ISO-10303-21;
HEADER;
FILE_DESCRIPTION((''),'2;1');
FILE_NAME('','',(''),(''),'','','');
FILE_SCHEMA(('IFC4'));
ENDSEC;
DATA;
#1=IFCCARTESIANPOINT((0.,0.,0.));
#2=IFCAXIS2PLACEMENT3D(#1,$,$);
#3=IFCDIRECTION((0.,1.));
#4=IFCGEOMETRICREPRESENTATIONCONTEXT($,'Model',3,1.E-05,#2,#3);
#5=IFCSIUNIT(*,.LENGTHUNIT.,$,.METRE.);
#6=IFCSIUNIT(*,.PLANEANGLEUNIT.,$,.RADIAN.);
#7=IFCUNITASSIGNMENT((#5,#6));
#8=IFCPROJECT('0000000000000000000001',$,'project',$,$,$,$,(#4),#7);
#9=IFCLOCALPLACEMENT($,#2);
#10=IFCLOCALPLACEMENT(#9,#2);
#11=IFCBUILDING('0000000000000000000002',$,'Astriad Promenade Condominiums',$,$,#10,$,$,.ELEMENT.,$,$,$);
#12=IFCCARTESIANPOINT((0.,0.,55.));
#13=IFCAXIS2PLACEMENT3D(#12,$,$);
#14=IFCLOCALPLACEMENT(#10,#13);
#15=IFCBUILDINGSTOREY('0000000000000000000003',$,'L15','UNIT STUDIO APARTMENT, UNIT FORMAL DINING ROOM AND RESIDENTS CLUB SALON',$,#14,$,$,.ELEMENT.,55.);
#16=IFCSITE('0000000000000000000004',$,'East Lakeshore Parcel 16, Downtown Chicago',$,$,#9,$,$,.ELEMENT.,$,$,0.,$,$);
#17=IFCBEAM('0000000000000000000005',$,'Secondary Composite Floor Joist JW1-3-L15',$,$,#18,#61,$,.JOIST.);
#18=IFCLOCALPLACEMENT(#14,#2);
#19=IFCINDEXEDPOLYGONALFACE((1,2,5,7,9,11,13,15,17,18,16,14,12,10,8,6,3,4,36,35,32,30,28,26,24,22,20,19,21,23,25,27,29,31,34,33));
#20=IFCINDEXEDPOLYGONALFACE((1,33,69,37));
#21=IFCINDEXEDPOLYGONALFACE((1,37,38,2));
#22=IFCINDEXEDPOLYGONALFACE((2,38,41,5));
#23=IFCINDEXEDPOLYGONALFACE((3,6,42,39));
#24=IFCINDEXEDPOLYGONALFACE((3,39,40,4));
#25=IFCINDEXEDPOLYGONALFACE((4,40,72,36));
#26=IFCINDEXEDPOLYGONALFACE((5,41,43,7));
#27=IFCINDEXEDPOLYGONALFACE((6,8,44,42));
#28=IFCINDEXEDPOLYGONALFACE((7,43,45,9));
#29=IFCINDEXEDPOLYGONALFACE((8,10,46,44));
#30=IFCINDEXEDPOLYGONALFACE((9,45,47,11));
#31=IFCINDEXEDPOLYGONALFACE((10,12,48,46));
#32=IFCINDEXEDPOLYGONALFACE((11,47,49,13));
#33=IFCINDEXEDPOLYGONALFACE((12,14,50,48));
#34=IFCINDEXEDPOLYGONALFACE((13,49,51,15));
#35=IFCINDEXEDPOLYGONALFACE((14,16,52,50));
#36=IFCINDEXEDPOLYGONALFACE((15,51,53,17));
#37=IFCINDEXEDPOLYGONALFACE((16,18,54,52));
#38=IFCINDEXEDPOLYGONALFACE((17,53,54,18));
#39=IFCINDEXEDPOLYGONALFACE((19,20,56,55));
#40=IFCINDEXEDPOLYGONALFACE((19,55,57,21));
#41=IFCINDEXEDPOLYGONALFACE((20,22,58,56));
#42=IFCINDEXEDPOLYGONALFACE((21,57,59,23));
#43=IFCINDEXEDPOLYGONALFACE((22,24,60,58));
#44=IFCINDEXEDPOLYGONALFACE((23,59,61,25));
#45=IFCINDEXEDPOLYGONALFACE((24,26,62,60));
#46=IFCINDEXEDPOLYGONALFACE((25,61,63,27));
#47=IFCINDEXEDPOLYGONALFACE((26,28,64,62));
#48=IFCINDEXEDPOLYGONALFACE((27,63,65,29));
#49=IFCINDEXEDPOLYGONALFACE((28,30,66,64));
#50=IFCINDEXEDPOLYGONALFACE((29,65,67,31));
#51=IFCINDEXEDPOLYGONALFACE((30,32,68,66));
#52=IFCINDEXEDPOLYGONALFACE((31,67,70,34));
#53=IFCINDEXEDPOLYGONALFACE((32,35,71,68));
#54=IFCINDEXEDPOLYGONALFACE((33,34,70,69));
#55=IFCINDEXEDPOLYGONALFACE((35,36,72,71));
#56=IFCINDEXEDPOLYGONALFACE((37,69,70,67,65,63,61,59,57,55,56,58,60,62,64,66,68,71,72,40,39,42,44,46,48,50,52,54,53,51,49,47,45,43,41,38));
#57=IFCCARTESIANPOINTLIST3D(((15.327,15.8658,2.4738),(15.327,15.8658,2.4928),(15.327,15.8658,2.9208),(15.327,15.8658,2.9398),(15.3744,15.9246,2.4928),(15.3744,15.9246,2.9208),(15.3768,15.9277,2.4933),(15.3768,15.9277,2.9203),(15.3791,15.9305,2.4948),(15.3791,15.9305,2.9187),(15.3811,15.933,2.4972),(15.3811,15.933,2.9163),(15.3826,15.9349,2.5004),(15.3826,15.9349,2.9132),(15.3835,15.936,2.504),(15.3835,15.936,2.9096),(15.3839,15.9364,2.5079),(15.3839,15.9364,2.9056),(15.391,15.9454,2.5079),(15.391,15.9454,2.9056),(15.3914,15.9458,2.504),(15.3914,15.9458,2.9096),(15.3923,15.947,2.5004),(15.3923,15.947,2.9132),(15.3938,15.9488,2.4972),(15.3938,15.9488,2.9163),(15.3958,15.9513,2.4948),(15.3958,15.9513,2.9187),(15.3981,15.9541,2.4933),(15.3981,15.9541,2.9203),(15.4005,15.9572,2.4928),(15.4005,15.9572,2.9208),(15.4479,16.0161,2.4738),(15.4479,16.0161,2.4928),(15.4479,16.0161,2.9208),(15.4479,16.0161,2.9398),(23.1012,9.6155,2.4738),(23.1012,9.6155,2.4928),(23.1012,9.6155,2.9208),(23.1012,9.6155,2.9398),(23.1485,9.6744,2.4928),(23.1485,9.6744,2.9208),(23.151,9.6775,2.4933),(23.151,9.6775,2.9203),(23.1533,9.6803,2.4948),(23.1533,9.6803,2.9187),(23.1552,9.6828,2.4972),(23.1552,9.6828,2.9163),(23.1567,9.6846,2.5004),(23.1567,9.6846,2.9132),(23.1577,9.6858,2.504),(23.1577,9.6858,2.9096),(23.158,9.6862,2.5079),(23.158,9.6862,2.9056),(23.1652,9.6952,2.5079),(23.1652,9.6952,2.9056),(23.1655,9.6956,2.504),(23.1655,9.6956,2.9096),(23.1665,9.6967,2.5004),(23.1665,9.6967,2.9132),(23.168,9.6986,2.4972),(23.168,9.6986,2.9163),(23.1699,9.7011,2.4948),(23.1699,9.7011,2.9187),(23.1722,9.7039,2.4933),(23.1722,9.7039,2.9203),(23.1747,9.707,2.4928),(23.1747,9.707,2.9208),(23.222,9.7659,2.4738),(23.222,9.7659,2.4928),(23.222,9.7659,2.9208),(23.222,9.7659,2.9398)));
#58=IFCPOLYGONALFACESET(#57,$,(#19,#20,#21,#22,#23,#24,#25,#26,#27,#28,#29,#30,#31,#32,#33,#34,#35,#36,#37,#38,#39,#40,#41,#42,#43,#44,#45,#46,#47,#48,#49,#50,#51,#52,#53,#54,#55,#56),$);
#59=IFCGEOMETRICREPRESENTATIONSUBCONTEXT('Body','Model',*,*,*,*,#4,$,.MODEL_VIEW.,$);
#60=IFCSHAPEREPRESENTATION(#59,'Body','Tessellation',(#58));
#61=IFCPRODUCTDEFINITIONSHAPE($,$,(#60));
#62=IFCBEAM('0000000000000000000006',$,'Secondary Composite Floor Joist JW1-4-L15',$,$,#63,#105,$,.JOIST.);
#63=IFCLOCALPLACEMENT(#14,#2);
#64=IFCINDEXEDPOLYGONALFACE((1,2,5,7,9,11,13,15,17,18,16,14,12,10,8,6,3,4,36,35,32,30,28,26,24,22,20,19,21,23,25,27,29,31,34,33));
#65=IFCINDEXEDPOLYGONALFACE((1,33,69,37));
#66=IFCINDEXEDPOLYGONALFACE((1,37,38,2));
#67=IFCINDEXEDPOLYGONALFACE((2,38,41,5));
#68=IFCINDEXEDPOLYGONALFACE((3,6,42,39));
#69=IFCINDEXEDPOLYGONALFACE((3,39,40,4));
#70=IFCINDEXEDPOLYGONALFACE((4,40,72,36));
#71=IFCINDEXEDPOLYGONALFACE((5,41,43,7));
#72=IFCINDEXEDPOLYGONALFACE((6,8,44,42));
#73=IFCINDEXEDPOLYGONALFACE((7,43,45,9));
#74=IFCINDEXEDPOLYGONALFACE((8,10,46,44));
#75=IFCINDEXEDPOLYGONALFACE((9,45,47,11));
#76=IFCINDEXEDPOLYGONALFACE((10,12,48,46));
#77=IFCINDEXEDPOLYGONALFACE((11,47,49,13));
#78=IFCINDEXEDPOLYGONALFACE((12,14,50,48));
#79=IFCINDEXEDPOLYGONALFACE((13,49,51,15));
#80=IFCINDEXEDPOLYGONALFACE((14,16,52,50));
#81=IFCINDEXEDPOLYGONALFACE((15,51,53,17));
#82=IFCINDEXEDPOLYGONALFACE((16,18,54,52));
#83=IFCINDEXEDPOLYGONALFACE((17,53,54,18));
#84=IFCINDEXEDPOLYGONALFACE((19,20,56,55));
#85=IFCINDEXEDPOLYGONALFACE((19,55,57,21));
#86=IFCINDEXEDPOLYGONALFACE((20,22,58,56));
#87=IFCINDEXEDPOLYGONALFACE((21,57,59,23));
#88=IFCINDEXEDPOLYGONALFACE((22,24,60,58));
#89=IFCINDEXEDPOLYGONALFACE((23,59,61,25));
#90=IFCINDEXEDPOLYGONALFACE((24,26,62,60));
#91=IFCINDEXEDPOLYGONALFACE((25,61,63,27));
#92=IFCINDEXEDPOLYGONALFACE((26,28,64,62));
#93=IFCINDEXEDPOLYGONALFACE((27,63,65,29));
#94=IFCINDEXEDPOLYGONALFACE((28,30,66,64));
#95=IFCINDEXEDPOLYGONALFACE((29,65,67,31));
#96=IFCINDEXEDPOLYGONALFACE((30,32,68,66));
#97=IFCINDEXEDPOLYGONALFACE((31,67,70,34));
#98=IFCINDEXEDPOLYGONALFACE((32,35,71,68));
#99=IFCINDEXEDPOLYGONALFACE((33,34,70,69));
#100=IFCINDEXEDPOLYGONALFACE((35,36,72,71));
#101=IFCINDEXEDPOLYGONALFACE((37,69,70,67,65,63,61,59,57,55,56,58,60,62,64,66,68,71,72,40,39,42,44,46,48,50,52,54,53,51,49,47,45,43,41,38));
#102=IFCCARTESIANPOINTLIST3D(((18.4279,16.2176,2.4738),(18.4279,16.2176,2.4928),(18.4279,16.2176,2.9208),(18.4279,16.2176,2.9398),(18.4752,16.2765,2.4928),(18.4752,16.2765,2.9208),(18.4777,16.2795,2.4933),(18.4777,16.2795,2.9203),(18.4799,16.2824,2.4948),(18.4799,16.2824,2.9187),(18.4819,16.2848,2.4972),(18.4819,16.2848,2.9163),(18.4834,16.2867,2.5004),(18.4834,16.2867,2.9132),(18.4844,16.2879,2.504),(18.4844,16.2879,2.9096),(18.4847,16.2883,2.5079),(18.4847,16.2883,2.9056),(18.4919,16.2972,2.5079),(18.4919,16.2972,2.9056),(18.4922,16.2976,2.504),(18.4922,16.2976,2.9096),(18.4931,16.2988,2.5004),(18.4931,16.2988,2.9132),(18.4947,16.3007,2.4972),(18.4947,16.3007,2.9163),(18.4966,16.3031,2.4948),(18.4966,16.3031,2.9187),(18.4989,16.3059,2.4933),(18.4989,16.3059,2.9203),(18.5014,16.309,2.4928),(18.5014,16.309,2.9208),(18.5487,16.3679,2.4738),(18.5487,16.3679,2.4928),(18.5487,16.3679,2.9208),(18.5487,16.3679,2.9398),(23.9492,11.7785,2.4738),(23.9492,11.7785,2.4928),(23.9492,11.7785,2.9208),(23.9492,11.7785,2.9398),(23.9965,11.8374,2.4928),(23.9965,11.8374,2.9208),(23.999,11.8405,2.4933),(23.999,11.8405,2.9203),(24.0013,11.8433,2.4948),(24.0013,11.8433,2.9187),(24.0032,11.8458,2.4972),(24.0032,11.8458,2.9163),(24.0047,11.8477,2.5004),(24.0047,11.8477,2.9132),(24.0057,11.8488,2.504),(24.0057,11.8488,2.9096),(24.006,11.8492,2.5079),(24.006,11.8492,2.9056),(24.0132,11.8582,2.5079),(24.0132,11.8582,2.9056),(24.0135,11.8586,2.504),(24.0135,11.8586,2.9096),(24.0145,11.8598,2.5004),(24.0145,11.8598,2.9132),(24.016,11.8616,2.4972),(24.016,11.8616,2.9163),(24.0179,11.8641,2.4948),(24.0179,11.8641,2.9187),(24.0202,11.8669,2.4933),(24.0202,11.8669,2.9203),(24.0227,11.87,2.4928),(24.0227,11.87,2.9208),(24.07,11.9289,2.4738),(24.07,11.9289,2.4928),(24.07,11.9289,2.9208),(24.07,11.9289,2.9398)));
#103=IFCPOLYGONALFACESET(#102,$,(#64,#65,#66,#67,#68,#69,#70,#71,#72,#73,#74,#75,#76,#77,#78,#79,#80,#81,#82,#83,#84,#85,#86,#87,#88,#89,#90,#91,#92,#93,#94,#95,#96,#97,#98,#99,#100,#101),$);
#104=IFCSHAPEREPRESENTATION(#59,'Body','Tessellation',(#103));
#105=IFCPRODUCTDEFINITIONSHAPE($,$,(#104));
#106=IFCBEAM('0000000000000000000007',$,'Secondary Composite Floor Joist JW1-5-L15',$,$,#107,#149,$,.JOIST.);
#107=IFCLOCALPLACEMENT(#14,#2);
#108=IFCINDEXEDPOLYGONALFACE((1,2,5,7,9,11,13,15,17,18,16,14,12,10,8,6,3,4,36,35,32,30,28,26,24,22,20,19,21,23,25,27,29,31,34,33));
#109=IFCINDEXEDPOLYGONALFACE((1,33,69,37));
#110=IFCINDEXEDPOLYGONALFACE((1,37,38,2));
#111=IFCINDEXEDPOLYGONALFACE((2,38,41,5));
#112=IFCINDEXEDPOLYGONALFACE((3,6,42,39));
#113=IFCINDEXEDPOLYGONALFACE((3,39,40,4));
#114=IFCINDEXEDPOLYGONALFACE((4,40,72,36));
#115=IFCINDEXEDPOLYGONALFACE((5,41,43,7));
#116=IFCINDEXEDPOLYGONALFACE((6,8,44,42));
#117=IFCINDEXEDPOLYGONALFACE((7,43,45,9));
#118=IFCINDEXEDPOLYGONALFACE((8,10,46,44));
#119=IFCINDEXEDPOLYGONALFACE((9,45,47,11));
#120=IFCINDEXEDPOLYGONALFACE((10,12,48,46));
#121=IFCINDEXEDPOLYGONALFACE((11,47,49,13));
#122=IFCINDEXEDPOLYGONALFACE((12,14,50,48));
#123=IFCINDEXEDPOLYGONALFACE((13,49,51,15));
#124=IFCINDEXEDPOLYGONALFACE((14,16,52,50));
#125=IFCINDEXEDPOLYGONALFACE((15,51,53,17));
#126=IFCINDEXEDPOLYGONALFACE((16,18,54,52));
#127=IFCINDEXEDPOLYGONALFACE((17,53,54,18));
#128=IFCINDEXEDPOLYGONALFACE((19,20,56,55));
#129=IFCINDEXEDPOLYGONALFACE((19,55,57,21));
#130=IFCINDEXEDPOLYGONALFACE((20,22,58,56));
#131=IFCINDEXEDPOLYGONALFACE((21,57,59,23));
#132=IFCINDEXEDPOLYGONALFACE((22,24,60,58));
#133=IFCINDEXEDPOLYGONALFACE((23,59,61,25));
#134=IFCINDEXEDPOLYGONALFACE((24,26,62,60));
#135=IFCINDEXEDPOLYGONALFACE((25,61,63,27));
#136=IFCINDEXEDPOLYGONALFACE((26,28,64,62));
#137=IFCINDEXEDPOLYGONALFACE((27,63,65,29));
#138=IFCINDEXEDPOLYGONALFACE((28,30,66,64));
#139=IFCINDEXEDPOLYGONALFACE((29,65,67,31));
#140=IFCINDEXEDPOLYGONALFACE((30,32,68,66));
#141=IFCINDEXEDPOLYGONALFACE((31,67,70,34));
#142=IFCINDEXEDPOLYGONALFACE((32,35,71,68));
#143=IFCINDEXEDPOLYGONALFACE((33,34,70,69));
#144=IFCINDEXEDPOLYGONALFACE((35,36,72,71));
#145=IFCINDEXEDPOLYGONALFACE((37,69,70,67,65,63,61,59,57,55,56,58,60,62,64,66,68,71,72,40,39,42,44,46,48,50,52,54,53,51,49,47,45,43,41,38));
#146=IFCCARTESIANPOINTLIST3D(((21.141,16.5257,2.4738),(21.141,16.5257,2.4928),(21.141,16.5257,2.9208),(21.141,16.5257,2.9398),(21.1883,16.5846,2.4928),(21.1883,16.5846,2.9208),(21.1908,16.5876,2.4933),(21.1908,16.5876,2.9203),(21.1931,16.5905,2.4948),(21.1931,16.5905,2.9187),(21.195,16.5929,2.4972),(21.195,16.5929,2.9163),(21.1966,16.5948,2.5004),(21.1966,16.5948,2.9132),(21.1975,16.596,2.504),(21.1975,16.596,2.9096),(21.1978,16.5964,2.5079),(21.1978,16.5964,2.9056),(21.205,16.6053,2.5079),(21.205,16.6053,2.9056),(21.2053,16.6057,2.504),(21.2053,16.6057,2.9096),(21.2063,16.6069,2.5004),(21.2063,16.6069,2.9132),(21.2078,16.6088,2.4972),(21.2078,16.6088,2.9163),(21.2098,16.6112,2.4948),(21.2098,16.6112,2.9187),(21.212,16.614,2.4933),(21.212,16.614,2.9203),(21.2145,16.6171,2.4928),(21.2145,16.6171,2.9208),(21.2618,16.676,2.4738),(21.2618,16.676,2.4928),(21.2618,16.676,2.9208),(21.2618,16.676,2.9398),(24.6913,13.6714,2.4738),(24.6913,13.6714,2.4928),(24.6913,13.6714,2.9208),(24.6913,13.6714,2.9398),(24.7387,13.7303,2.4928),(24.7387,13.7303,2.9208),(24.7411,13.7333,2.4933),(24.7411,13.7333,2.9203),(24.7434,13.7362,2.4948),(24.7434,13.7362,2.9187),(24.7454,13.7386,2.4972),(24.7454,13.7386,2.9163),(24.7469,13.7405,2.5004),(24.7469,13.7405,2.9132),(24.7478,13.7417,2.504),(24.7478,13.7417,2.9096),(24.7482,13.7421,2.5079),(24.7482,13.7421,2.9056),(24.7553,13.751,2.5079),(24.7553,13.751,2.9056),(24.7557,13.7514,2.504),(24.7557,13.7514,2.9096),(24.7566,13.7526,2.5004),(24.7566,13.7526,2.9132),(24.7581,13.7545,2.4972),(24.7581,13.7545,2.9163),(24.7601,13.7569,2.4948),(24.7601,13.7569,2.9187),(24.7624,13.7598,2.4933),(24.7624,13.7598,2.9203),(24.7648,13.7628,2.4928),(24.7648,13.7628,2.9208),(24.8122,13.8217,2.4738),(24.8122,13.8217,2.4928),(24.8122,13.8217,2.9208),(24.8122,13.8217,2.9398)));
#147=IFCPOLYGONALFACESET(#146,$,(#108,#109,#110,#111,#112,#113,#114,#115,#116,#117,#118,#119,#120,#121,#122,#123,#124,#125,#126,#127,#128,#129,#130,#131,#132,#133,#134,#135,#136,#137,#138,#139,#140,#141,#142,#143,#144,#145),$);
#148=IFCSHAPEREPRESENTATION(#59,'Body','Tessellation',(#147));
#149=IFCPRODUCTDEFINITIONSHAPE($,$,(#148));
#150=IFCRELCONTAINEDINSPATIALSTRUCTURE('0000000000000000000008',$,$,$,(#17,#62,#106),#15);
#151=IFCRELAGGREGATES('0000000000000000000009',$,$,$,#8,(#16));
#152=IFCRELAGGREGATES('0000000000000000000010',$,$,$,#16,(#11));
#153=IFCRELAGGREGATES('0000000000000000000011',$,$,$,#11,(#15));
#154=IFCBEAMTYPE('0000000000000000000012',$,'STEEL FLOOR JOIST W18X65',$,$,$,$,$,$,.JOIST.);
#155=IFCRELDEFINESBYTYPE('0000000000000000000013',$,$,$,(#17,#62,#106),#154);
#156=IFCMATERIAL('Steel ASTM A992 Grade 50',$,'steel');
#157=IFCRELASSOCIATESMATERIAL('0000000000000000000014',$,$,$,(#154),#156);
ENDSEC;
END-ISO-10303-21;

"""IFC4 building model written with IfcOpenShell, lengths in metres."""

from ifc_helpers import new_model, si_unit, direction, frame, origin, origin_2d, place, context, subcontext, project, spatial, i_section, extrude, source, transform, mapped, material, material_profile, profile_set, type_object, type_shapes, element, save


model = new_model("IFC4")

# Units and contexts
model_context = context("Model", 3, precision=1e-05, world=origin(), true_north=direction((0.0, 1.0)))
body_context = subcontext(model_context, "Body", "Model", "MODEL_VIEW")
ifc_project = project(units=[si_unit("LENGTHUNIT", "METRE"), si_unit("PLANEANGLEUNIT", "RADIAN")], contexts=[model_context])

# Site, building, storey
site_placement = place(None, origin())
site = spatial("IfcSite", under=ifc_project, at=site_placement, Name="East Lakeshore Parcel 16, Downtown Chicago", CompositionType="ELEMENT", RefElevation=0.0)
building_placement = place(site_placement, origin())
building = spatial("IfcBuilding", under=site, at=building_placement, Name="Astriad Promenade Condominiums", CompositionType="ELEMENT")
storey_placement = place(building_placement, frame((0.0, 0.0, 55.0)))
storey = spatial("IfcBuildingStorey", under=building, at=storey_placement, Name="L15", Description="UNIT STUDIO APARTMENT, UNIT FORMAL DINING ROOM AND RESIDENTS CLUB SALON", CompositionType="ELEMENT", Elevation=55.0)

# Beams
ifc_material_1 = material(Name="Steel ASTM A992 Grade 50", Category="steel")
ifc_material_profile = material_profile(ifc_material_1, i_section(OverallWidth=0.1929, OverallDepth=0.4661, WebThickness=0.0115, FlangeThickness=0.019, FilletRadius=0.0151, at=origin_2d()), Name="W18X65")
ifc_profile_set = profile_set([ifc_material_profile], Name="Steel ASTM A992 Grade 50")
beam_type = type_object("IfcBeamType", Name="STEEL FLOOR JOIST W18X65", PredefinedType="JOIST", material=ifc_profile_set)
shared_shape_1 = source(origin(), body_context, "Body", "SweptSolid", [
    extrude(i_section(OverallWidth=0.1929, OverallDepth=0.4661, WebThickness=0.0115, FlangeThickness=0.019, FilletRadius=0.0151, at=origin_2d()), origin(), (0.0, 0.0, 1.0), 9.9751),
])
beam_1_placement = place(storey_placement, frame((15.3875, 15.9409, 2.7068), z_axis=(0.779355, -0.626583, 0.0), x_axis=(0.626583, 0.779355, 0.0)))
element("IfcBeam", 1, at=beam_1_placement, inside=storey, type_object=beam_type, Name="Secondary Composite Floor Joist JW1-3-L15", PredefinedType="JOIST", context=body_context, shape_type="MappedRepresentation", body=[
    mapped(shared_shape_1, transform((0.0, 0.0, 0.0), scale=1.0)),
])
shared_shape_2 = source(origin(), body_context, "Body", "SweptSolid", [
    extrude(i_section(OverallWidth=0.1929, OverallDepth=0.4661, WebThickness=0.0115, FlangeThickness=0.019, FilletRadius=0.0151, at=origin_2d()), origin(), (0.0, 0.0, 1.0), 7.0845),
])
beam_2_placement = place(storey_placement, frame((18.4883, 16.2927, 2.7068), z_axis=(0.779354, -0.626584, 0.0), x_axis=(0.626584, 0.779354, 0.0)))
element("IfcBeam", 2, at=beam_2_placement, inside=storey, type_object=beam_type, Name="Secondary Composite Floor Joist JW1-4-L15", PredefinedType="JOIST", context=body_context, shape_type="MappedRepresentation", body=[
    mapped(shared_shape_2, transform((0.0, 0.0, 0.0), scale=1.0)),
])
shared_shape_3 = source(origin(), body_context, "Body", "SweptSolid", [
    extrude(i_section(OverallWidth=0.1929, OverallDepth=0.4661, WebThickness=0.0115, FlangeThickness=0.019, FilletRadius=0.0151, at=origin_2d()), origin(), (0.0, 0.0, 1.0), 4.5554),
])
type_shapes(beam_type, [shared_shape_1, shared_shape_2, shared_shape_3])
beam_3_placement = place(storey_placement, frame((21.2014, 16.6008, 2.7068), z_axis=(0.779366, -0.626569, 0.0), x_axis=(0.626569, 0.779366, 0.0)))
element("IfcBeam", 3, at=beam_3_placement, inside=storey, type_object=beam_type, Name="Secondary Composite Floor Joist JW1-5-L15", PredefinedType="JOIST", context=body_context, shape_type="MappedRepresentation", body=[
    mapped(shared_shape_3, transform((0.0, 0.0, 0.0), scale=1.0)),
])

save(model, "model.ifc")
